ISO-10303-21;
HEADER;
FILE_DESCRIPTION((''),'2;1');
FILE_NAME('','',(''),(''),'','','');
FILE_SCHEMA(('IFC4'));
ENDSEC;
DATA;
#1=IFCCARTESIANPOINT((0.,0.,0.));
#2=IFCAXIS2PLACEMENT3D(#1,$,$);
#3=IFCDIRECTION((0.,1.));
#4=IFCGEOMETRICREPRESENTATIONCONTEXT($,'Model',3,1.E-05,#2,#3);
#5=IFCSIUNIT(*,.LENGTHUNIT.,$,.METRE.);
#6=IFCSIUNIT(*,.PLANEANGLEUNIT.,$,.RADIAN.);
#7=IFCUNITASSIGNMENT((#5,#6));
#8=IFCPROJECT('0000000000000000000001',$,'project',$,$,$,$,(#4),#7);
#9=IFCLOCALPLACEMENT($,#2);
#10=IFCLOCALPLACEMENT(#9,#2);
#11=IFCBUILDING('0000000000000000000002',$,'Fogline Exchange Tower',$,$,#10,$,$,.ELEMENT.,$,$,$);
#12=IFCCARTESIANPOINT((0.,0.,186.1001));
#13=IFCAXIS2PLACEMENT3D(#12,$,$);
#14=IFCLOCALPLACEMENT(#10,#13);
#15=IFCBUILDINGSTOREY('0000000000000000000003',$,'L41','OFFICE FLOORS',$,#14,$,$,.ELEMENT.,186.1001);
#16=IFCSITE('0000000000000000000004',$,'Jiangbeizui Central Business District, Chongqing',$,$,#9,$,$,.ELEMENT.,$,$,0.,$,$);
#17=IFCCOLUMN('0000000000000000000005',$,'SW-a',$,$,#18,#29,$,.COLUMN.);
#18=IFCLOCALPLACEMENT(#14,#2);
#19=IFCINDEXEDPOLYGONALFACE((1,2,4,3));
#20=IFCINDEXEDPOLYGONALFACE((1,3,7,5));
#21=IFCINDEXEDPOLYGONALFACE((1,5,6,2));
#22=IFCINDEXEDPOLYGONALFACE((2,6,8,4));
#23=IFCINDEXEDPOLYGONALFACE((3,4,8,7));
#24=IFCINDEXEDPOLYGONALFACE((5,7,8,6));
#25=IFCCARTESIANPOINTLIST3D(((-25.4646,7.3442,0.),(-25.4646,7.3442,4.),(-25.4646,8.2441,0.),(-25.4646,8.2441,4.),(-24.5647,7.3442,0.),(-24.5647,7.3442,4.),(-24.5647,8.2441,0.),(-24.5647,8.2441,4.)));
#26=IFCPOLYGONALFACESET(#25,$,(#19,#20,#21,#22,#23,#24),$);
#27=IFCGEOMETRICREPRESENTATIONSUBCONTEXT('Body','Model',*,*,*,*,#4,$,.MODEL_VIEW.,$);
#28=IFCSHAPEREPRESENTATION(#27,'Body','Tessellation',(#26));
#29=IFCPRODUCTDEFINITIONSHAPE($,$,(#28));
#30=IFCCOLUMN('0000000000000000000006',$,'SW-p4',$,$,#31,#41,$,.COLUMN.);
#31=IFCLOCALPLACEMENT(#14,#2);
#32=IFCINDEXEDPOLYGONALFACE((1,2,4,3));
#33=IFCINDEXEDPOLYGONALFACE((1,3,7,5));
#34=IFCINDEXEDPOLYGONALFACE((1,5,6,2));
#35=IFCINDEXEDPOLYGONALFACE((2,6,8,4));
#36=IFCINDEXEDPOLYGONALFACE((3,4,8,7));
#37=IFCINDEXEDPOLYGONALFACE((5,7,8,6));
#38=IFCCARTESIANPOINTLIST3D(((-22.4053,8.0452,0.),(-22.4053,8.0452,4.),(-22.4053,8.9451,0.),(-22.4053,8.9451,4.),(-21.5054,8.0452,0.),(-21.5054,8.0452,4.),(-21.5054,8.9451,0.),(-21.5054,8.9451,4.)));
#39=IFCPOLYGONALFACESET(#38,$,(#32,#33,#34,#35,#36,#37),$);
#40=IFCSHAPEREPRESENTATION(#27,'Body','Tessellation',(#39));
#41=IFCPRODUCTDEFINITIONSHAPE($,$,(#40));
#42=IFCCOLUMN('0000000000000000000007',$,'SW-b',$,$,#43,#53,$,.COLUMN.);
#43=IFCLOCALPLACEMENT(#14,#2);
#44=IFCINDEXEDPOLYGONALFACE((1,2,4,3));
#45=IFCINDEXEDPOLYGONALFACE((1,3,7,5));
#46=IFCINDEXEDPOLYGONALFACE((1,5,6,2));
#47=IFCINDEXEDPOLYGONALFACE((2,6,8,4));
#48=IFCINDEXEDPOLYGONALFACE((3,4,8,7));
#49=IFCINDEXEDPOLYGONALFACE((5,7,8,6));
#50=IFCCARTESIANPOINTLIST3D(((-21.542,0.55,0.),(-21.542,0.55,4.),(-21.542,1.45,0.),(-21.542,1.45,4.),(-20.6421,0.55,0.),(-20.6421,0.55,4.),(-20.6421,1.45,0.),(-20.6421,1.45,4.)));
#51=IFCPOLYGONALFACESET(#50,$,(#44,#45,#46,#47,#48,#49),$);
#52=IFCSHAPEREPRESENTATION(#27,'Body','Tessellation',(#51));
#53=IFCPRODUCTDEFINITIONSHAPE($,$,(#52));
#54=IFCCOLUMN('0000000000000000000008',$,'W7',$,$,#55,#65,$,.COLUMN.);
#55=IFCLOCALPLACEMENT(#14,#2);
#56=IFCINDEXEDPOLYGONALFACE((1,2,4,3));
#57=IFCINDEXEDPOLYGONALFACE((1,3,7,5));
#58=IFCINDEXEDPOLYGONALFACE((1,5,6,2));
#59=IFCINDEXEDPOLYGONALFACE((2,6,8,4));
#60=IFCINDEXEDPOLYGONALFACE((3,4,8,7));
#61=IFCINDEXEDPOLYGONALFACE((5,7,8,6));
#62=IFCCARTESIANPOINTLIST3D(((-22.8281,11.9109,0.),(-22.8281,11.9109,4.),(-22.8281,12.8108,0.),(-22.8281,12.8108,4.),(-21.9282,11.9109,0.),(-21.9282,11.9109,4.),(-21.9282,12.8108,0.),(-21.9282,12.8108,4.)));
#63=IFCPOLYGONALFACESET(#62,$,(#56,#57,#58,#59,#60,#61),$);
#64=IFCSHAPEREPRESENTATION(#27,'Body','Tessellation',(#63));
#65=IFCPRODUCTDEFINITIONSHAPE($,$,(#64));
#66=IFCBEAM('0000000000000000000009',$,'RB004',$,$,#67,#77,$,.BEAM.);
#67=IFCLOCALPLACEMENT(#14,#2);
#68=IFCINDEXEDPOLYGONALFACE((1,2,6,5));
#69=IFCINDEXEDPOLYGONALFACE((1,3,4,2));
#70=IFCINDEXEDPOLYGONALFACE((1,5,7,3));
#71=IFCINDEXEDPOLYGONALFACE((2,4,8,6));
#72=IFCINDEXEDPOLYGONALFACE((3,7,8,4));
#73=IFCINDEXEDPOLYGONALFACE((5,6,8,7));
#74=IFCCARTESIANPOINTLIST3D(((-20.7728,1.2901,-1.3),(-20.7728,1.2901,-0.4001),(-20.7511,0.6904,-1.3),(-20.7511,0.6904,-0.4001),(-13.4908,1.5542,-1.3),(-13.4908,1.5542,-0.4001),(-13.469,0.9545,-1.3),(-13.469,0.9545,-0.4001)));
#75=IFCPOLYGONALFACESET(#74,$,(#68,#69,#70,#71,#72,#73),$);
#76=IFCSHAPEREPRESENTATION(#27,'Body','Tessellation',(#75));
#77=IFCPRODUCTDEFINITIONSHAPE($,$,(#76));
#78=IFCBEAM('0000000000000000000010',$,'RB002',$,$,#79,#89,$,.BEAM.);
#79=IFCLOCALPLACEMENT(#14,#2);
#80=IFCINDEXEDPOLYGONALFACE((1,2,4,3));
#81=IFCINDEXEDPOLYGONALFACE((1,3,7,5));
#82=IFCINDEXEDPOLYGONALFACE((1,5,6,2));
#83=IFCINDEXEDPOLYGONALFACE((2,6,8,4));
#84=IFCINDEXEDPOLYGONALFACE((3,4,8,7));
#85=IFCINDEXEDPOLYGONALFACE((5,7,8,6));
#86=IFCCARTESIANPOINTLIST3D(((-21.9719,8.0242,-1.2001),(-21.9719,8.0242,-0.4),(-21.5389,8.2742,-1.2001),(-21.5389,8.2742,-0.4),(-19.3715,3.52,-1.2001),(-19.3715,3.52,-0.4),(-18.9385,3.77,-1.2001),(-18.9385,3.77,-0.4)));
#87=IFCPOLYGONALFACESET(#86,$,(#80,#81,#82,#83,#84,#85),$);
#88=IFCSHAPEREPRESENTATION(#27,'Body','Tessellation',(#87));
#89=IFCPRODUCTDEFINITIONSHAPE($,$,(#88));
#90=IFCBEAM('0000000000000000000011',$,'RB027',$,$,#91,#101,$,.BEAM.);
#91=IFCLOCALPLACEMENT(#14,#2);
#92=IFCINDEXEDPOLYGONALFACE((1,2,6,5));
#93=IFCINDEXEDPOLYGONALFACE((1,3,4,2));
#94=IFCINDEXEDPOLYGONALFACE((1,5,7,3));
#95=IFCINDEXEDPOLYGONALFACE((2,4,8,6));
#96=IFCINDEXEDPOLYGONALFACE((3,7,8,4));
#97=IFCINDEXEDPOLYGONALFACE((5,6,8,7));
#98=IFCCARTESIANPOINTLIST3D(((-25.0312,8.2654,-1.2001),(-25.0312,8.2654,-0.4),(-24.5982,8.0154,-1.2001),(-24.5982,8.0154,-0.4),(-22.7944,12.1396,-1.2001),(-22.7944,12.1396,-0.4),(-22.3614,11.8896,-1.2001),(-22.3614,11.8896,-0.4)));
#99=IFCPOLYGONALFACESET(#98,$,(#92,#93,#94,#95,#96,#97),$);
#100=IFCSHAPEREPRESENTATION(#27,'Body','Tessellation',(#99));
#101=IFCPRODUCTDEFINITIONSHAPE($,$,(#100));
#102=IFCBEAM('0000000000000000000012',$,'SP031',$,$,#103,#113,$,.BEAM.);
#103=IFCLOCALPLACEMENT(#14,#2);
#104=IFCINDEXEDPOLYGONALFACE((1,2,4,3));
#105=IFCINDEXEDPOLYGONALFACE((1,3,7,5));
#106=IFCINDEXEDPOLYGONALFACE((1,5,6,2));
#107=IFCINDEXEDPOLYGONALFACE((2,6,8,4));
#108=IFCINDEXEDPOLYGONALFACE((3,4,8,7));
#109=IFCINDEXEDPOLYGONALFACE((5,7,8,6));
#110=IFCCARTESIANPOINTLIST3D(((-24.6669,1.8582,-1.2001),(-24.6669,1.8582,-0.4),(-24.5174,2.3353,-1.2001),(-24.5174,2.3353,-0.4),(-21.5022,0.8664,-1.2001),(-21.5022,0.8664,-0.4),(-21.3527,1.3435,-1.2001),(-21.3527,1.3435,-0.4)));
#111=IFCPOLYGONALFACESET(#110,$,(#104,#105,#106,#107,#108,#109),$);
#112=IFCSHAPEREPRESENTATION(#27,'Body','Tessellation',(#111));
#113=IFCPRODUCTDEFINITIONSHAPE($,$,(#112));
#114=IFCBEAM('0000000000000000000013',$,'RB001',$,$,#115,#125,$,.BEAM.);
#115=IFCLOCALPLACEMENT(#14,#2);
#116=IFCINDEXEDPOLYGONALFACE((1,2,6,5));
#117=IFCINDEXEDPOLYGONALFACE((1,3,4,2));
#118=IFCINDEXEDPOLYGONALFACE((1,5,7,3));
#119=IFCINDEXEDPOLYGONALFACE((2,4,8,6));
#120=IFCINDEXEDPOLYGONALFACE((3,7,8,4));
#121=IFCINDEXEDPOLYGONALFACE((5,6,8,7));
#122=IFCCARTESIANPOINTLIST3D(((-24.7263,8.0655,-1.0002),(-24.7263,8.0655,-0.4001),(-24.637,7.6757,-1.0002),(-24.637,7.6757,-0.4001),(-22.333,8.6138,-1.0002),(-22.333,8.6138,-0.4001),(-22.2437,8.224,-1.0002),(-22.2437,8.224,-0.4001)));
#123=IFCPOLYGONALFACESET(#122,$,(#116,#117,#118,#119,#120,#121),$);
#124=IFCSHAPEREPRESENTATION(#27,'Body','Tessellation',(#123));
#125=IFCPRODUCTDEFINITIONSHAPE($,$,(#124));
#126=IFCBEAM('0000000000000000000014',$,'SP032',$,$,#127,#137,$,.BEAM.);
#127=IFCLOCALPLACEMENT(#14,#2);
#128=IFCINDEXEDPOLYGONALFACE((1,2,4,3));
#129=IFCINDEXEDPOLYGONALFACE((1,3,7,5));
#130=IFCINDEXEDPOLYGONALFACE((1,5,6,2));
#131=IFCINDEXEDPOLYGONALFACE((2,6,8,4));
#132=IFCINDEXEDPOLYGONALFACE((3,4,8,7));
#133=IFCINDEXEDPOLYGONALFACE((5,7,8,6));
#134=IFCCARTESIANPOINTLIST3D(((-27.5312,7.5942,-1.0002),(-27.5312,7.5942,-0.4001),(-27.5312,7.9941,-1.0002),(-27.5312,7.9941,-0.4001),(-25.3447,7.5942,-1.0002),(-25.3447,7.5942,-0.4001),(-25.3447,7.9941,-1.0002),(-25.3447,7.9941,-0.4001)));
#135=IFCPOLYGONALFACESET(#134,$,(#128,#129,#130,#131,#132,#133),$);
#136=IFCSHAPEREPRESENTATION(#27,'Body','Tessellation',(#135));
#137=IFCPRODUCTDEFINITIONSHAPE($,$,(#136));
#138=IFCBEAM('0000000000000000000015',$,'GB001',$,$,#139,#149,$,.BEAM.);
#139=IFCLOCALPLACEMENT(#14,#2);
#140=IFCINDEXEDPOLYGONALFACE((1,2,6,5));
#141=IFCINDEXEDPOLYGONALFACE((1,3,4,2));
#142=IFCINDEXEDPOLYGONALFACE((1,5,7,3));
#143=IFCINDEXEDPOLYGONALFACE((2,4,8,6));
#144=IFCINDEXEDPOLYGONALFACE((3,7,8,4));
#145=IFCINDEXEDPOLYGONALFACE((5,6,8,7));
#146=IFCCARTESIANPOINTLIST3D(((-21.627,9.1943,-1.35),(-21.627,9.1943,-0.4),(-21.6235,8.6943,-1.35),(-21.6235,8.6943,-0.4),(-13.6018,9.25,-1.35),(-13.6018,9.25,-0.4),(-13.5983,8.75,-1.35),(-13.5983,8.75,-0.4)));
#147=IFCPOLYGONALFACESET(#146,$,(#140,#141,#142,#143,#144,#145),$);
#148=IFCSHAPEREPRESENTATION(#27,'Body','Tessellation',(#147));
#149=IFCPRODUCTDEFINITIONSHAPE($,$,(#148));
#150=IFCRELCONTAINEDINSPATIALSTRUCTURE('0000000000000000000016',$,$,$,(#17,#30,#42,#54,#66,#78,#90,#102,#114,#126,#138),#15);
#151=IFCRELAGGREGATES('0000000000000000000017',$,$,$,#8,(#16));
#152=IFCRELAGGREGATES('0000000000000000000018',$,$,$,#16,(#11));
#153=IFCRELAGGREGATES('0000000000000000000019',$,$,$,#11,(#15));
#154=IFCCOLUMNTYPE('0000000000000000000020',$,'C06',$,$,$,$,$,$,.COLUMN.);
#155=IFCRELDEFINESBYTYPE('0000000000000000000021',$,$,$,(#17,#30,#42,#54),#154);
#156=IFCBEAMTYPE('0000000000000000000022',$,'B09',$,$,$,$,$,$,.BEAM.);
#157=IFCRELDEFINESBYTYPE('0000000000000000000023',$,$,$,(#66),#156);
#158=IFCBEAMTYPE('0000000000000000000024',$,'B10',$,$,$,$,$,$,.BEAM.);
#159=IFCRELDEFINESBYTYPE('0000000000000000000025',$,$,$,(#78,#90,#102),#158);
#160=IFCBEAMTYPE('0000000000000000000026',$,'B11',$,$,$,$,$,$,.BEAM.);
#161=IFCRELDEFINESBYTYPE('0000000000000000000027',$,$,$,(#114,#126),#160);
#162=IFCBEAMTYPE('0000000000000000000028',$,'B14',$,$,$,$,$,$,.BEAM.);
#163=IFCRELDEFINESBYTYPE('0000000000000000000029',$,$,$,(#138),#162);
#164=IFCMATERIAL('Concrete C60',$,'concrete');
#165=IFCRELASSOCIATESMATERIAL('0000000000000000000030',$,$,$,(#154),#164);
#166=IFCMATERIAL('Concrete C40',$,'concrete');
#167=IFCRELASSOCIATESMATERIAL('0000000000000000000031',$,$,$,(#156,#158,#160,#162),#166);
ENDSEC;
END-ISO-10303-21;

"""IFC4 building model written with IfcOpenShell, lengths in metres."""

from ifc_helpers import new_model, si_unit, direction, frame, origin, origin_2d, place, context, subcontext, project, spatial, rectangle, extrude, material, material_profile, profile_set, type_object, element, save


model = new_model("IFC4")

# Units and contexts
model_context = context("Model", 3, precision=1e-05, world=origin(), true_north=direction((0.0, 1.0)))
body_context = subcontext(model_context, "Body", "Model", "MODEL_VIEW")
ifc_project = project(units=[si_unit("LENGTHUNIT", "METRE"), si_unit("PLANEANGLEUNIT", "RADIAN")], contexts=[model_context])

# Site, building, storey
site_placement = place(None, origin())
site = spatial("IfcSite", under=ifc_project, at=site_placement, Name="Jiangbeizui Central Business District, Chongqing", CompositionType="ELEMENT", RefElevation=0.0)
building_placement = place(site_placement, origin())
building = spatial("IfcBuilding", under=site, at=building_placement, Name="Fogline Exchange Tower", CompositionType="ELEMENT")
storey_placement = place(building_placement, frame((0.0, 0.0, 186.1001)))
storey = spatial("IfcBuildingStorey", under=building, at=storey_placement, Name="L41", Description="OFFICE FLOORS", CompositionType="ELEMENT", Elevation=186.1001)

# Columns
ifc_material_1 = material(Name="Concrete C60", Category="concrete")
ifc_material_profile_1 = material_profile(ifc_material_1, rectangle(XDim=0.8999, YDim=0.8999, at=origin_2d()), Name="RC 900x900")
ifc_profile_set_1 = profile_set([ifc_material_profile_1], Name="Concrete C60")
column_type = type_object("IfcColumnType", Name="C06", PredefinedType="COLUMN", material=ifc_profile_set_1)
for number, where, z_axis, x_axis, name in (
    (1, (-25.0146, 7.7942, 0.0), (0.0, 0.0, 1.0), (1.0, 0.0, 0.0), "SW-a"),
    (2, (-21.9553, 8.4951, 0.0), (0.0, 0.0, 1.0), (1.0, 0.0, 0.0), "SW-p4"),
    (3, (-21.092, 1.0, 0.0), (0.0, 0.0, 1.0), (1.0, 0.0, 0.0), "SW-b"),
    (4, (-22.3782, 12.3608, 0.0), (0.0, 0.0, 1.0), (1.0, 0.0, 0.0), "W7"),
):
    element("IfcColumn", number, at=place(storey_placement, frame(where, z_axis=z_axis, x_axis=x_axis)), inside=storey, type_object=column_type, Name=name, PredefinedType="COLUMN", context=body_context, shape_type="SweptSolid", body=[
        extrude(rectangle(XDim=0.8999, YDim=0.8999, at=origin_2d()), origin(), (0.0, 0.0, 1.0), 4.0),
    ])

# Beams
ifc_material_2 = material(Name="Concrete C40", Category="concrete")
ifc_material_profile_2 = material_profile(ifc_material_2, rectangle(XDim=0.6001, YDim=0.8999, at=origin_2d()), Name="RC 600x900")
ifc_profile_set_2 = profile_set([ifc_material_profile_2], Name="Concrete C40")
beam_type_1 = type_object("IfcBeamType", Name="B09", PredefinedType="BEAM", material=ifc_profile_set_2)
beam_1_placement = place(storey_placement, frame((-20.762, 0.9902, -0.8501), z_axis=(0.999343, 0.036252, 0.0), x_axis=(-0.036252, 0.999343, 0.0)))
element("IfcBeam", 5, at=beam_1_placement, inside=storey, type_object=beam_type_1, Name="RB004", PredefinedType="BEAM", context=body_context, shape_type="SweptSolid", body=[
    extrude(rectangle(XDim=0.6001, YDim=0.8999, at=origin_2d()), origin(), (0.0, 0.0, 1.0), 7.2869),
])
ifc_material_profile_3 = material_profile(ifc_material_2, rectangle(XDim=0.5, YDim=0.8, at=origin_2d()), Name="RC 500x800")
ifc_profile_set_3 = profile_set([ifc_material_profile_3], Name="Concrete C40")
beam_type_2 = type_object("IfcBeamType", Name="B10", PredefinedType="BEAM", material=ifc_profile_set_3)
beam_2_placement = place(storey_placement, frame((-21.7554, 8.1492, -0.8), z_axis=(0.499981, -0.866036, 0.0), x_axis=(0.866036, 0.499981, 0.0)))
element("IfcBeam", 6, at=beam_2_placement, inside=storey, type_object=beam_type_2, Name="RB002", PredefinedType="BEAM", context=body_context, shape_type="SweptSolid", body=[
    extrude(rectangle(XDim=0.5, YDim=0.8, at=origin_2d()), origin(), (0.0, 0.0, 1.0), 5.2009),
])
beam_3_placement = place(storey_placement, frame((-22.5779, 12.0146, -0.8), z_axis=(-0.500001, -0.866025, 0.0), x_axis=(0.866025, -0.500001, 0.0)))
element("IfcBeam", 7, at=beam_3_placement, inside=storey, type_object=beam_type_2, Name="RB027", PredefinedType="BEAM", context=body_context, shape_type="SweptSolid", body=[
    extrude(rectangle(XDim=0.5, YDim=0.8, at=origin_2d()), origin(), (0.0, 0.0, 1.0), 4.4736),
])
beam_4_placement = place(storey_placement, frame((-21.4275, 1.105, -0.8), z_axis=(-0.954241, 0.299038, 0.0), x_axis=(-0.299038, -0.954241, 0.0)))
element("IfcBeam", 8, at=beam_4_placement, inside=storey, type_object=beam_type_2, Name="SP031", PredefinedType="BEAM", context=body_context, shape_type="SweptSolid", body=[
    extrude(rectangle(XDim=0.5, YDim=0.8, at=origin_2d()), origin(), (0.0, 0.0, 1.0), 3.3164),
])
ifc_material_profile_4 = material_profile(ifc_material_2, rectangle(XDim=0.3999, YDim=0.6001, at=origin_2d()), Name="RC 400x600")
ifc_profile_set_4 = profile_set([ifc_material_profile_4], Name="Concrete C40")
beam_type_3 = type_object("IfcBeamType", Name="B11", PredefinedType="BEAM", material=ifc_profile_set_4)
beam_5_placement = place(storey_placement, frame((-24.6816, 7.8706, -0.7002), z_axis=(0.974744, 0.223327, 0.0), x_axis=(-0.223327, 0.974744, 0.0)))
element("IfcBeam", 9, at=beam_5_placement, inside=storey, type_object=beam_type_3, Name="RB001", PredefinedType="BEAM", context=body_context, shape_type="SweptSolid", body=[
    extrude(rectangle(XDim=0.3999, YDim=0.6001, at=origin_2d()), origin(), (0.0, 0.0, 1.0), 2.4553),
])
beam_6_placement = place(storey_placement, frame((-25.3447, 7.7942, -0.7002), z_axis=(-1.0, 0.0, 0.0), x_axis=(0.0, -1.0, 0.0)))
element("IfcBeam", 10, at=beam_6_placement, inside=storey, type_object=beam_type_3, Name="SP032", PredefinedType="BEAM", context=body_context, shape_type="SweptSolid", body=[
    extrude(rectangle(XDim=0.3999, YDim=0.6001, at=origin_2d()), origin(), (0.0, 0.0, 1.0), 2.1865),
])
ifc_material_profile_5 = material_profile(ifc_material_2, rectangle(XDim=0.5, YDim=0.95, at=origin_2d()), Name="RC 500x950")
ifc_profile_set_5 = profile_set([ifc_material_profile_5], Name="Concrete C40")
beam_type_4 = type_object("IfcBeamType", Name="B14", PredefinedType="BEAM", material=ifc_profile_set_5)
beam_7_placement = place(storey_placement, frame((-21.6252, 8.9443, -0.875), z_axis=(0.999976, 0.006936, 0.0), x_axis=(-0.006936, 0.999976, 0.0)))
element("IfcBeam", 11, at=beam_7_placement, inside=storey, type_object=beam_type_4, Name="GB001", PredefinedType="BEAM", context=body_context, shape_type="SweptSolid", body=[
    extrude(rectangle(XDim=0.5, YDim=0.95, at=origin_2d()), origin(), (0.0, 0.0, 1.0), 8.0254),
])

save(model, "model.ifc")
